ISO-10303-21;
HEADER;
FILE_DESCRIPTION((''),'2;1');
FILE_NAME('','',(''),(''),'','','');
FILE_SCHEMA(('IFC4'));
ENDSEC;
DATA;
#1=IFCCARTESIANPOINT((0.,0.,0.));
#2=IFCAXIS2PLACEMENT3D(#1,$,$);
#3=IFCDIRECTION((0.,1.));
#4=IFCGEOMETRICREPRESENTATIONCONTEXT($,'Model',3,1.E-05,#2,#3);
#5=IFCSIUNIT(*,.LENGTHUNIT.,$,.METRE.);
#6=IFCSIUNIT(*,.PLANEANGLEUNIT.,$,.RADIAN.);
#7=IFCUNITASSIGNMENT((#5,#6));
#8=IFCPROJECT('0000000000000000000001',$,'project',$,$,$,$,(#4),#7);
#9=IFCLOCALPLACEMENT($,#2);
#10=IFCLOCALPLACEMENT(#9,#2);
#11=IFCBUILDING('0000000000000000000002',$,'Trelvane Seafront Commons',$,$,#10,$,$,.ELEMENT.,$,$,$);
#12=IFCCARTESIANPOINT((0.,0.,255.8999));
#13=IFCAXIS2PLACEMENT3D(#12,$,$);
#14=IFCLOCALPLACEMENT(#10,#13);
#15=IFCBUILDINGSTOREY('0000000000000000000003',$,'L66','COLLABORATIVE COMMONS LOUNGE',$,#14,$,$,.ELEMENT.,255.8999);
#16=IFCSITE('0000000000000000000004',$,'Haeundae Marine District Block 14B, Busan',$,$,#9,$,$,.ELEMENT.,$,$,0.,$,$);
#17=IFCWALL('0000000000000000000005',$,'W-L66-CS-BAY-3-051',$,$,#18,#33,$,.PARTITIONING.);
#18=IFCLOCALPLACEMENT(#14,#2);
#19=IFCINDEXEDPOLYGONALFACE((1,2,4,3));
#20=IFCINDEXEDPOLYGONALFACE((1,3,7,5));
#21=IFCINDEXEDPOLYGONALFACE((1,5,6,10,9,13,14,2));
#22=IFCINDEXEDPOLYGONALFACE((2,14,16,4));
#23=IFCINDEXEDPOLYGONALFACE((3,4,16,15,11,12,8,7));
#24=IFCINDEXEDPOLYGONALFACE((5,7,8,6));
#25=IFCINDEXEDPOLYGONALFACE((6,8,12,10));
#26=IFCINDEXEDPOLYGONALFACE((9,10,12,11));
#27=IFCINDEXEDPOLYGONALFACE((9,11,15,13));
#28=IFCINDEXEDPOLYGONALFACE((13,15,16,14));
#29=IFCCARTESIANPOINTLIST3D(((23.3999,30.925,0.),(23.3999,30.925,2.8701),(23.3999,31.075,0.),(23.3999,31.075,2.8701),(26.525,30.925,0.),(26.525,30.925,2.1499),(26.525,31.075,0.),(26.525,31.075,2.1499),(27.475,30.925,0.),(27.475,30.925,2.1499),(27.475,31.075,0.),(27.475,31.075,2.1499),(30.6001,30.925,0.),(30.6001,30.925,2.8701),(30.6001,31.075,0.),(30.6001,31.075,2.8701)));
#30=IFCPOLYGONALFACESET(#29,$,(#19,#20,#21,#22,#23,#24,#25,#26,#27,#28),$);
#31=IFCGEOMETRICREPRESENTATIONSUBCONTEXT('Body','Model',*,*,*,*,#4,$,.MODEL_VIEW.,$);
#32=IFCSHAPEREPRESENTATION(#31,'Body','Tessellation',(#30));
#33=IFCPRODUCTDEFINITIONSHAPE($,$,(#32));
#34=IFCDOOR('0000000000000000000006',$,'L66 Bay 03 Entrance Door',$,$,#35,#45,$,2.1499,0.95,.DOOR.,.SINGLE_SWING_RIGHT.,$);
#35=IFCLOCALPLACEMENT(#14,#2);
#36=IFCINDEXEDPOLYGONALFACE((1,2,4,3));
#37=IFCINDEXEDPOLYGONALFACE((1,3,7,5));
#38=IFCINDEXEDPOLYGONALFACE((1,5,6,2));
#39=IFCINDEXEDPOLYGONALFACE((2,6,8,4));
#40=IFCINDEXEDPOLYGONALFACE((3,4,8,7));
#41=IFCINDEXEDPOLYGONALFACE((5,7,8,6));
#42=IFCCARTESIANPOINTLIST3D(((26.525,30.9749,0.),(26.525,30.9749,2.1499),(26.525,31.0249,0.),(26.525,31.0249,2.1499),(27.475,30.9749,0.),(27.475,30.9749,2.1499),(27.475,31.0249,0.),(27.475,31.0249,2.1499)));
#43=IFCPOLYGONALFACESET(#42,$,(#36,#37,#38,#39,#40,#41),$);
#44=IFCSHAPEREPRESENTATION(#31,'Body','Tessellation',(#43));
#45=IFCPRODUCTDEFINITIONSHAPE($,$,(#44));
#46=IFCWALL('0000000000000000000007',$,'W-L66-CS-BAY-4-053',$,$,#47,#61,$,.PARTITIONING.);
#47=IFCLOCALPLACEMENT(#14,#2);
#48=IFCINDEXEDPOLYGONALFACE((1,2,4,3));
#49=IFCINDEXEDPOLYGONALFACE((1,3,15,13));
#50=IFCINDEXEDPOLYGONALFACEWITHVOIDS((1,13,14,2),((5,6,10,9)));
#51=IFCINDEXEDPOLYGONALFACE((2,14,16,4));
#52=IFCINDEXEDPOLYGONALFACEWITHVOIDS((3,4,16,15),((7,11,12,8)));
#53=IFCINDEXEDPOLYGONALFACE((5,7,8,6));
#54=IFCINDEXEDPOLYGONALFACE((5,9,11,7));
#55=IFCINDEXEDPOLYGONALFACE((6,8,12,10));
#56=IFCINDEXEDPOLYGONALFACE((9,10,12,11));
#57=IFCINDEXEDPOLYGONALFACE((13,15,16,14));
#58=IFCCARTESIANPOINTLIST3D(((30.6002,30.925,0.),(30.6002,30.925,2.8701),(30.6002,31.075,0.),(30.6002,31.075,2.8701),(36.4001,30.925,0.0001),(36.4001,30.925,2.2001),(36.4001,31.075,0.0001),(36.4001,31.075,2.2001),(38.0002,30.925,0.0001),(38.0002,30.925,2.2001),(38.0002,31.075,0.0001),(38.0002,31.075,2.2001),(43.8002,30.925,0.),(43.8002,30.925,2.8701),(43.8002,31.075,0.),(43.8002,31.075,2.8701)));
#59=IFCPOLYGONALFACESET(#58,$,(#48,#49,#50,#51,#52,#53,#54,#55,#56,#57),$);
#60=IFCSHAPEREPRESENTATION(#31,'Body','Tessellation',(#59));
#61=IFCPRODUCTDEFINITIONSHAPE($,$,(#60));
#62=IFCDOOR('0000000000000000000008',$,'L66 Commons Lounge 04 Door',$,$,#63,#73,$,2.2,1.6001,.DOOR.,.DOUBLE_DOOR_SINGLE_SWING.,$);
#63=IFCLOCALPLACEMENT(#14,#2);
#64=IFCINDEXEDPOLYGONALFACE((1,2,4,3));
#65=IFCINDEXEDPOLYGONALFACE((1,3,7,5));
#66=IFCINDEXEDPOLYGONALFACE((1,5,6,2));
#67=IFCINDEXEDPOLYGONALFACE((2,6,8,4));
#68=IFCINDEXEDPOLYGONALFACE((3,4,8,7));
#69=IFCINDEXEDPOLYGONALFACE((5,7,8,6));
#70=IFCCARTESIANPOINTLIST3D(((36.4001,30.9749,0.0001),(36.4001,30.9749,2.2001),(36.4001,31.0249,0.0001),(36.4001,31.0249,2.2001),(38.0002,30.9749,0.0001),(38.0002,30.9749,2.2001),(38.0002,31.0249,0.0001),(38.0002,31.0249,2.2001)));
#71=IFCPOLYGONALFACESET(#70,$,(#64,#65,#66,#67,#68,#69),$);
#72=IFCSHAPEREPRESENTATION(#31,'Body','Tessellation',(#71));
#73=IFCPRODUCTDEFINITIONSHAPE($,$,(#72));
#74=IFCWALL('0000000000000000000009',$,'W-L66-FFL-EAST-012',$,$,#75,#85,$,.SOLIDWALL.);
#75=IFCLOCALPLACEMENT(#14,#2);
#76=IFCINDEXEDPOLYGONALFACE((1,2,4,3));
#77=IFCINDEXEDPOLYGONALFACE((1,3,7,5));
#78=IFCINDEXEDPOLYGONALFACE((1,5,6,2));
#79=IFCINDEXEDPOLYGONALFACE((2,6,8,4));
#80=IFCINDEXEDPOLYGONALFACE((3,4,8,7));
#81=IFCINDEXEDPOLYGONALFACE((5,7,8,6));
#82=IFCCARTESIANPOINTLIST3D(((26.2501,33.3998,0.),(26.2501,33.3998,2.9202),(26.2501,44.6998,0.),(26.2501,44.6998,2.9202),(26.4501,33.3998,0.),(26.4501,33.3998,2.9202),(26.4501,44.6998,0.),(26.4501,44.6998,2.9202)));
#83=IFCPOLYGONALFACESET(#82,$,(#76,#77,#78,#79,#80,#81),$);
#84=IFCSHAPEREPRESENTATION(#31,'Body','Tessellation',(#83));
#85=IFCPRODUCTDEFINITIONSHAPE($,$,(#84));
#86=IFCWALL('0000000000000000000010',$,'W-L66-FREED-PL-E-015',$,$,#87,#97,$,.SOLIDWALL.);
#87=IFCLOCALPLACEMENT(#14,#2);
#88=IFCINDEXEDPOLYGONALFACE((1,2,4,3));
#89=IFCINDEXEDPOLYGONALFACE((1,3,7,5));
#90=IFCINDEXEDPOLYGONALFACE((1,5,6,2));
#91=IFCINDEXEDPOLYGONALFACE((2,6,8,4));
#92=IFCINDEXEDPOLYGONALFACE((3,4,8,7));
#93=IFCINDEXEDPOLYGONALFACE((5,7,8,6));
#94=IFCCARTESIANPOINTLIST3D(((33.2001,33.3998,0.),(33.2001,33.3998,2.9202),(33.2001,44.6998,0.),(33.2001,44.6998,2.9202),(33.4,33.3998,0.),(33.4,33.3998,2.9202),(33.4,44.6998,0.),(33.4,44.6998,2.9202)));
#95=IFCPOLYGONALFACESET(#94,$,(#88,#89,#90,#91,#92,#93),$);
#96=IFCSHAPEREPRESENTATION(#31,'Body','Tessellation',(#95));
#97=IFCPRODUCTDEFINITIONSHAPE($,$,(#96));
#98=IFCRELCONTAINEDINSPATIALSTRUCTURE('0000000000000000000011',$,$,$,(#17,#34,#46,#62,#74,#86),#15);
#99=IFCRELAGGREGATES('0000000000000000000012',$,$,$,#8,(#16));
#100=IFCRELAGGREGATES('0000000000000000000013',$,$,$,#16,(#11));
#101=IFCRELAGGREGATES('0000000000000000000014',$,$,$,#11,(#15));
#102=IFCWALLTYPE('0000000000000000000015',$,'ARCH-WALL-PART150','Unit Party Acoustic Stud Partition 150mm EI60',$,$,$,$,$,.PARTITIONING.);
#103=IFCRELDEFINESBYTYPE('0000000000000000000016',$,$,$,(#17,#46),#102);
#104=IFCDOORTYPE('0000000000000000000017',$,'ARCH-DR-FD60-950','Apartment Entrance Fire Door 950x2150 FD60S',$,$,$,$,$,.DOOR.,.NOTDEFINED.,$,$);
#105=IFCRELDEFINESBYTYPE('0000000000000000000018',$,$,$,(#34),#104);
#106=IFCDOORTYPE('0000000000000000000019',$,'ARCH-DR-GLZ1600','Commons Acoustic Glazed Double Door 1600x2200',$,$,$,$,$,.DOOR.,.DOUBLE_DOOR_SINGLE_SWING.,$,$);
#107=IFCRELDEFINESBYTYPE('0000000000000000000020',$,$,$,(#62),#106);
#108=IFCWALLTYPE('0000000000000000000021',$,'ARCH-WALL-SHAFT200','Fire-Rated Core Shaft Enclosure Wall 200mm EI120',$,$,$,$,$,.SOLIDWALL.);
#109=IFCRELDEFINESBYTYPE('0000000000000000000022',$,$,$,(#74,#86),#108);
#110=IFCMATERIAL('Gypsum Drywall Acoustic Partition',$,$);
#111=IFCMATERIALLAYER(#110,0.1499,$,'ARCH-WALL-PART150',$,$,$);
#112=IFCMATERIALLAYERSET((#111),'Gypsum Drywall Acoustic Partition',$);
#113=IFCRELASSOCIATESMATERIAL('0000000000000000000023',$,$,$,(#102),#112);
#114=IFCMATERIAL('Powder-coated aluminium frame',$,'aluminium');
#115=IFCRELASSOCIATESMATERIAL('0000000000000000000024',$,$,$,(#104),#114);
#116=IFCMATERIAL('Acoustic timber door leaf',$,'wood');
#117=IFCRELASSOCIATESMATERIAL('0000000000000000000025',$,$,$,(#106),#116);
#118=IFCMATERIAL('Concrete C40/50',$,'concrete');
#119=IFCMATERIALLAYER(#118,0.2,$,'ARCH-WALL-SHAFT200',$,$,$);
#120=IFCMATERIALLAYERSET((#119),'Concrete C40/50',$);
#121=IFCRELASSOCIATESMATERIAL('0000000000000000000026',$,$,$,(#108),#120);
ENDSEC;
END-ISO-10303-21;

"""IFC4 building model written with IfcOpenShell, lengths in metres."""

from ifc_helpers import new_model, si_unit, direction, frame, frame_2d, origin, place, context, subcontext, project, spatial, rectangle, extrude, source, transform, mapped, material, layer, layer_set, type_object, element, fill, save


model = new_model("IFC4")

# Units and contexts
model_context = context("Model", 3, precision=1e-05, world=origin(), true_north=direction((0.0, 1.0)))
body_context = subcontext(model_context, "Body", "Model", "MODEL_VIEW")
ifc_project = project(units=[si_unit("LENGTHUNIT", "METRE"), si_unit("PLANEANGLEUNIT", "RADIAN")], contexts=[model_context])

# Site, building, storey
site_placement = place(None, origin())
site = spatial("IfcSite", under=ifc_project, at=site_placement, Name="Haeundae Marine District Block 14B, Busan", CompositionType="ELEMENT", RefElevation=0.0)
building_placement = place(site_placement, origin())
building = spatial("IfcBuilding", under=site, at=building_placement, Name="Trelvane Seafront Commons", CompositionType="ELEMENT")
storey_placement = place(building_placement, frame((0.0, 0.0, 255.8999)))
storey = spatial("IfcBuildingStorey", under=building, at=storey_placement, Name="L66", Description="COLLABORATIVE COMMONS LOUNGE", CompositionType="ELEMENT", Elevation=255.8999)

# Walls, openings, doors
ifc_material_1 = material(Name="Concrete C40/50", Category="concrete")
ifc_material_2 = material(Name="Powder-coated aluminium frame", Category="aluminium")
shared_shape_1 = source(origin(), body_context, "Body", "SweptSolid", [
    extrude(rectangle(XDim=1.6001, YDim=2.2, at=frame_2d((0.8, 1.1001))), frame((0.0, 0.0249, 0.0), z_axis=(0.0, -1.0, 0.0), x_axis=(1.0, 0.0, 0.0)), (0.0, 0.0, 1.0), 0.05),
])
ifc_material_3 = material(Name="Acoustic timber door leaf", Category="wood")
shared_shape_2 = source(origin(), body_context, "Body", "SweptSolid", [
    extrude(rectangle(XDim=0.95, YDim=2.1499, at=frame_2d((0.4751, 1.075))), frame((0.0, 0.0249, 0.0), z_axis=(0.0, -1.0, 0.0), x_axis=(1.0, 0.0, 0.0)), (0.0, 0.0, 1.0), 0.05),
])
ifc_material_4 = material(Name="Gypsum Drywall Acoustic Partition")
ifc_layer_1 = layer(ifc_material_4, 0.1499, Name="ARCH-WALL-PART150")
ifc_layer_set_1 = layer_set([ifc_layer_1], Name="Gypsum Drywall Acoustic Partition")
wall_type_1 = type_object("IfcWallType", Name="ARCH-WALL-PART150", Description="Unit Party Acoustic Stud Partition 150mm EI60", PredefinedType="PARTITIONING", material=ifc_layer_set_1)
wall_1_placement = place(storey_placement, frame((23.3999, 31.0, 0.0), z_axis=(0.0, 0.0, 1.0), x_axis=(1.0, 0.0, 0.0)))
wall_1 = element("IfcWall", 1, at=wall_1_placement, inside=storey, type_object=wall_type_1, Name="W-L66-CS-BAY-3-051", PredefinedType="PARTITIONING", context=body_context, shape_type="SweptSolid", body=[
    extrude(rectangle(XDim=7.2002, YDim=0.1499, at=frame_2d((3.6001, 0.0))), origin(), (0.0, 0.0, 1.0), 2.8701),
])
opening_1_placement = place(wall_1_placement, frame((3.125, 0.0, 0.0)))
opening_1 = element("IfcOpeningElement", 2, at=opening_1_placement, cuts=wall_1, PredefinedType="OPENING", context=body_context, shape_type="SweptSolid", body=[
    extrude(rectangle(XDim=0.95, YDim=2.1499, at=frame_2d((0.4751, 1.075))), frame((0.0, 0.085, 0.0), z_axis=(0.0, -1.0, 0.0), x_axis=(1.0, 0.0, 0.0)), (0.0, 0.0, 1.0), 0.1699),
])
door_type_1 = type_object("IfcDoorType", Name="ARCH-DR-FD60-950", Description="Apartment Entrance Fire Door 950x2150 FD60S", OperationType="NOTDEFINED", PredefinedType="DOOR", material=ifc_material_2)
door_1_placement = place(opening_1_placement, origin())
door_1 = element("IfcDoor", 3, at=door_1_placement, inside=storey, type_object=door_type_1, Name="L66 Bay 03 Entrance Door", OperationType="SINGLE_SWING_RIGHT", OverallHeight=2.1499, OverallWidth=0.95, PredefinedType="DOOR", context=body_context, shape_type="MappedRepresentation", body=[
    mapped(shared_shape_2, transform((0.0, 0.0, 0.0), x_axis=(1.0, 0.0, 0.0), y_axis=(0.0, 1.0, 0.0), z_axis=(0.0, 0.0, 1.0), scale=1.0)),
])
fill(opening_1, door_1)
wall_2_placement = place(storey_placement, frame((30.6001, 31.0, 0.0), z_axis=(0.0, 0.0, 1.0), x_axis=(1.0, 0.0, 0.0)))
wall_2 = element("IfcWall", 4, at=wall_2_placement, inside=storey, type_object=wall_type_1, Name="W-L66-CS-BAY-4-053", PredefinedType="PARTITIONING", context=body_context, shape_type="SweptSolid", body=[
    extrude(rectangle(XDim=13.2, YDim=0.1499, at=frame_2d((6.6001, 0.0))), origin(), (0.0, 0.0, 1.0), 2.8701),
])
opening_2_placement = place(wall_2_placement, frame((5.8, 0.0, 0.0)))
opening_2 = element("IfcOpeningElement", 5, at=opening_2_placement, cuts=wall_2, PredefinedType="OPENING", context=body_context, shape_type="SweptSolid", body=[
    extrude(rectangle(XDim=1.6001, YDim=2.2, at=frame_2d((0.8, 1.1001))), frame((0.0, 0.085, 0.0), z_axis=(0.0, -1.0, 0.0), x_axis=(1.0, 0.0, 0.0)), (0.0, 0.0, 1.0), 0.1699),
])
door_type_2 = type_object("IfcDoorType", Name="ARCH-DR-GLZ1600", Description="Commons Acoustic Glazed Double Door 1600x2200", OperationType="DOUBLE_DOOR_SINGLE_SWING", PredefinedType="DOOR", material=ifc_material_3)
door_2_placement = place(opening_2_placement, origin())
door_2 = element("IfcDoor", 6, at=door_2_placement, inside=storey, type_object=door_type_2, Name="L66 Commons Lounge 04 Door", OperationType="DOUBLE_DOOR_SINGLE_SWING", OverallHeight=2.2, OverallWidth=1.6001, PredefinedType="DOOR", context=body_context, shape_type="MappedRepresentation", body=[
    mapped(shared_shape_1, transform((0.0, 0.0, 0.0), x_axis=(1.0, 0.0, 0.0), y_axis=(0.0, 1.0, 0.0), z_axis=(0.0, 0.0, 1.0), scale=1.0)),
])
fill(opening_2, door_2)

# Walls
ifc_layer_2 = layer(ifc_material_1, 0.2, Name="ARCH-WALL-SHAFT200")
ifc_layer_set_2 = layer_set([ifc_layer_2], Name="Concrete C40/50")
wall_type_2 = type_object("IfcWallType", Name="ARCH-WALL-SHAFT200", Description="Fire-Rated Core Shaft Enclosure Wall 200mm EI120", PredefinedType="SOLIDWALL", material=ifc_layer_set_2)
for number, where, z_axis, x_axis, name in (
    (7, (26.3501, 33.3999, 0.0), (0.0, 0.0, 1.0), (0.0, 1.0, 0.0), "W-L66-FFL-EAST-012"),
    (8, (33.3, 33.3999, 0.0), (0.0, 0.0, 1.0), (0.0, 1.0, 0.0), "W-L66-FREED-PL-E-015"),
):
    element("IfcWall", number, at=place(storey_placement, frame(where, z_axis=z_axis, x_axis=x_axis)), inside=storey, type_object=wall_type_2, Name=name, PredefinedType="SOLIDWALL", context=body_context, shape_type="SweptSolid", body=[
        extrude(rectangle(XDim=11.3, YDim=0.2, at=frame_2d((5.6499, 0.0))), origin(), (0.0, 0.0, 1.0), 2.9202),
    ])

save(model, "model.ifc")
